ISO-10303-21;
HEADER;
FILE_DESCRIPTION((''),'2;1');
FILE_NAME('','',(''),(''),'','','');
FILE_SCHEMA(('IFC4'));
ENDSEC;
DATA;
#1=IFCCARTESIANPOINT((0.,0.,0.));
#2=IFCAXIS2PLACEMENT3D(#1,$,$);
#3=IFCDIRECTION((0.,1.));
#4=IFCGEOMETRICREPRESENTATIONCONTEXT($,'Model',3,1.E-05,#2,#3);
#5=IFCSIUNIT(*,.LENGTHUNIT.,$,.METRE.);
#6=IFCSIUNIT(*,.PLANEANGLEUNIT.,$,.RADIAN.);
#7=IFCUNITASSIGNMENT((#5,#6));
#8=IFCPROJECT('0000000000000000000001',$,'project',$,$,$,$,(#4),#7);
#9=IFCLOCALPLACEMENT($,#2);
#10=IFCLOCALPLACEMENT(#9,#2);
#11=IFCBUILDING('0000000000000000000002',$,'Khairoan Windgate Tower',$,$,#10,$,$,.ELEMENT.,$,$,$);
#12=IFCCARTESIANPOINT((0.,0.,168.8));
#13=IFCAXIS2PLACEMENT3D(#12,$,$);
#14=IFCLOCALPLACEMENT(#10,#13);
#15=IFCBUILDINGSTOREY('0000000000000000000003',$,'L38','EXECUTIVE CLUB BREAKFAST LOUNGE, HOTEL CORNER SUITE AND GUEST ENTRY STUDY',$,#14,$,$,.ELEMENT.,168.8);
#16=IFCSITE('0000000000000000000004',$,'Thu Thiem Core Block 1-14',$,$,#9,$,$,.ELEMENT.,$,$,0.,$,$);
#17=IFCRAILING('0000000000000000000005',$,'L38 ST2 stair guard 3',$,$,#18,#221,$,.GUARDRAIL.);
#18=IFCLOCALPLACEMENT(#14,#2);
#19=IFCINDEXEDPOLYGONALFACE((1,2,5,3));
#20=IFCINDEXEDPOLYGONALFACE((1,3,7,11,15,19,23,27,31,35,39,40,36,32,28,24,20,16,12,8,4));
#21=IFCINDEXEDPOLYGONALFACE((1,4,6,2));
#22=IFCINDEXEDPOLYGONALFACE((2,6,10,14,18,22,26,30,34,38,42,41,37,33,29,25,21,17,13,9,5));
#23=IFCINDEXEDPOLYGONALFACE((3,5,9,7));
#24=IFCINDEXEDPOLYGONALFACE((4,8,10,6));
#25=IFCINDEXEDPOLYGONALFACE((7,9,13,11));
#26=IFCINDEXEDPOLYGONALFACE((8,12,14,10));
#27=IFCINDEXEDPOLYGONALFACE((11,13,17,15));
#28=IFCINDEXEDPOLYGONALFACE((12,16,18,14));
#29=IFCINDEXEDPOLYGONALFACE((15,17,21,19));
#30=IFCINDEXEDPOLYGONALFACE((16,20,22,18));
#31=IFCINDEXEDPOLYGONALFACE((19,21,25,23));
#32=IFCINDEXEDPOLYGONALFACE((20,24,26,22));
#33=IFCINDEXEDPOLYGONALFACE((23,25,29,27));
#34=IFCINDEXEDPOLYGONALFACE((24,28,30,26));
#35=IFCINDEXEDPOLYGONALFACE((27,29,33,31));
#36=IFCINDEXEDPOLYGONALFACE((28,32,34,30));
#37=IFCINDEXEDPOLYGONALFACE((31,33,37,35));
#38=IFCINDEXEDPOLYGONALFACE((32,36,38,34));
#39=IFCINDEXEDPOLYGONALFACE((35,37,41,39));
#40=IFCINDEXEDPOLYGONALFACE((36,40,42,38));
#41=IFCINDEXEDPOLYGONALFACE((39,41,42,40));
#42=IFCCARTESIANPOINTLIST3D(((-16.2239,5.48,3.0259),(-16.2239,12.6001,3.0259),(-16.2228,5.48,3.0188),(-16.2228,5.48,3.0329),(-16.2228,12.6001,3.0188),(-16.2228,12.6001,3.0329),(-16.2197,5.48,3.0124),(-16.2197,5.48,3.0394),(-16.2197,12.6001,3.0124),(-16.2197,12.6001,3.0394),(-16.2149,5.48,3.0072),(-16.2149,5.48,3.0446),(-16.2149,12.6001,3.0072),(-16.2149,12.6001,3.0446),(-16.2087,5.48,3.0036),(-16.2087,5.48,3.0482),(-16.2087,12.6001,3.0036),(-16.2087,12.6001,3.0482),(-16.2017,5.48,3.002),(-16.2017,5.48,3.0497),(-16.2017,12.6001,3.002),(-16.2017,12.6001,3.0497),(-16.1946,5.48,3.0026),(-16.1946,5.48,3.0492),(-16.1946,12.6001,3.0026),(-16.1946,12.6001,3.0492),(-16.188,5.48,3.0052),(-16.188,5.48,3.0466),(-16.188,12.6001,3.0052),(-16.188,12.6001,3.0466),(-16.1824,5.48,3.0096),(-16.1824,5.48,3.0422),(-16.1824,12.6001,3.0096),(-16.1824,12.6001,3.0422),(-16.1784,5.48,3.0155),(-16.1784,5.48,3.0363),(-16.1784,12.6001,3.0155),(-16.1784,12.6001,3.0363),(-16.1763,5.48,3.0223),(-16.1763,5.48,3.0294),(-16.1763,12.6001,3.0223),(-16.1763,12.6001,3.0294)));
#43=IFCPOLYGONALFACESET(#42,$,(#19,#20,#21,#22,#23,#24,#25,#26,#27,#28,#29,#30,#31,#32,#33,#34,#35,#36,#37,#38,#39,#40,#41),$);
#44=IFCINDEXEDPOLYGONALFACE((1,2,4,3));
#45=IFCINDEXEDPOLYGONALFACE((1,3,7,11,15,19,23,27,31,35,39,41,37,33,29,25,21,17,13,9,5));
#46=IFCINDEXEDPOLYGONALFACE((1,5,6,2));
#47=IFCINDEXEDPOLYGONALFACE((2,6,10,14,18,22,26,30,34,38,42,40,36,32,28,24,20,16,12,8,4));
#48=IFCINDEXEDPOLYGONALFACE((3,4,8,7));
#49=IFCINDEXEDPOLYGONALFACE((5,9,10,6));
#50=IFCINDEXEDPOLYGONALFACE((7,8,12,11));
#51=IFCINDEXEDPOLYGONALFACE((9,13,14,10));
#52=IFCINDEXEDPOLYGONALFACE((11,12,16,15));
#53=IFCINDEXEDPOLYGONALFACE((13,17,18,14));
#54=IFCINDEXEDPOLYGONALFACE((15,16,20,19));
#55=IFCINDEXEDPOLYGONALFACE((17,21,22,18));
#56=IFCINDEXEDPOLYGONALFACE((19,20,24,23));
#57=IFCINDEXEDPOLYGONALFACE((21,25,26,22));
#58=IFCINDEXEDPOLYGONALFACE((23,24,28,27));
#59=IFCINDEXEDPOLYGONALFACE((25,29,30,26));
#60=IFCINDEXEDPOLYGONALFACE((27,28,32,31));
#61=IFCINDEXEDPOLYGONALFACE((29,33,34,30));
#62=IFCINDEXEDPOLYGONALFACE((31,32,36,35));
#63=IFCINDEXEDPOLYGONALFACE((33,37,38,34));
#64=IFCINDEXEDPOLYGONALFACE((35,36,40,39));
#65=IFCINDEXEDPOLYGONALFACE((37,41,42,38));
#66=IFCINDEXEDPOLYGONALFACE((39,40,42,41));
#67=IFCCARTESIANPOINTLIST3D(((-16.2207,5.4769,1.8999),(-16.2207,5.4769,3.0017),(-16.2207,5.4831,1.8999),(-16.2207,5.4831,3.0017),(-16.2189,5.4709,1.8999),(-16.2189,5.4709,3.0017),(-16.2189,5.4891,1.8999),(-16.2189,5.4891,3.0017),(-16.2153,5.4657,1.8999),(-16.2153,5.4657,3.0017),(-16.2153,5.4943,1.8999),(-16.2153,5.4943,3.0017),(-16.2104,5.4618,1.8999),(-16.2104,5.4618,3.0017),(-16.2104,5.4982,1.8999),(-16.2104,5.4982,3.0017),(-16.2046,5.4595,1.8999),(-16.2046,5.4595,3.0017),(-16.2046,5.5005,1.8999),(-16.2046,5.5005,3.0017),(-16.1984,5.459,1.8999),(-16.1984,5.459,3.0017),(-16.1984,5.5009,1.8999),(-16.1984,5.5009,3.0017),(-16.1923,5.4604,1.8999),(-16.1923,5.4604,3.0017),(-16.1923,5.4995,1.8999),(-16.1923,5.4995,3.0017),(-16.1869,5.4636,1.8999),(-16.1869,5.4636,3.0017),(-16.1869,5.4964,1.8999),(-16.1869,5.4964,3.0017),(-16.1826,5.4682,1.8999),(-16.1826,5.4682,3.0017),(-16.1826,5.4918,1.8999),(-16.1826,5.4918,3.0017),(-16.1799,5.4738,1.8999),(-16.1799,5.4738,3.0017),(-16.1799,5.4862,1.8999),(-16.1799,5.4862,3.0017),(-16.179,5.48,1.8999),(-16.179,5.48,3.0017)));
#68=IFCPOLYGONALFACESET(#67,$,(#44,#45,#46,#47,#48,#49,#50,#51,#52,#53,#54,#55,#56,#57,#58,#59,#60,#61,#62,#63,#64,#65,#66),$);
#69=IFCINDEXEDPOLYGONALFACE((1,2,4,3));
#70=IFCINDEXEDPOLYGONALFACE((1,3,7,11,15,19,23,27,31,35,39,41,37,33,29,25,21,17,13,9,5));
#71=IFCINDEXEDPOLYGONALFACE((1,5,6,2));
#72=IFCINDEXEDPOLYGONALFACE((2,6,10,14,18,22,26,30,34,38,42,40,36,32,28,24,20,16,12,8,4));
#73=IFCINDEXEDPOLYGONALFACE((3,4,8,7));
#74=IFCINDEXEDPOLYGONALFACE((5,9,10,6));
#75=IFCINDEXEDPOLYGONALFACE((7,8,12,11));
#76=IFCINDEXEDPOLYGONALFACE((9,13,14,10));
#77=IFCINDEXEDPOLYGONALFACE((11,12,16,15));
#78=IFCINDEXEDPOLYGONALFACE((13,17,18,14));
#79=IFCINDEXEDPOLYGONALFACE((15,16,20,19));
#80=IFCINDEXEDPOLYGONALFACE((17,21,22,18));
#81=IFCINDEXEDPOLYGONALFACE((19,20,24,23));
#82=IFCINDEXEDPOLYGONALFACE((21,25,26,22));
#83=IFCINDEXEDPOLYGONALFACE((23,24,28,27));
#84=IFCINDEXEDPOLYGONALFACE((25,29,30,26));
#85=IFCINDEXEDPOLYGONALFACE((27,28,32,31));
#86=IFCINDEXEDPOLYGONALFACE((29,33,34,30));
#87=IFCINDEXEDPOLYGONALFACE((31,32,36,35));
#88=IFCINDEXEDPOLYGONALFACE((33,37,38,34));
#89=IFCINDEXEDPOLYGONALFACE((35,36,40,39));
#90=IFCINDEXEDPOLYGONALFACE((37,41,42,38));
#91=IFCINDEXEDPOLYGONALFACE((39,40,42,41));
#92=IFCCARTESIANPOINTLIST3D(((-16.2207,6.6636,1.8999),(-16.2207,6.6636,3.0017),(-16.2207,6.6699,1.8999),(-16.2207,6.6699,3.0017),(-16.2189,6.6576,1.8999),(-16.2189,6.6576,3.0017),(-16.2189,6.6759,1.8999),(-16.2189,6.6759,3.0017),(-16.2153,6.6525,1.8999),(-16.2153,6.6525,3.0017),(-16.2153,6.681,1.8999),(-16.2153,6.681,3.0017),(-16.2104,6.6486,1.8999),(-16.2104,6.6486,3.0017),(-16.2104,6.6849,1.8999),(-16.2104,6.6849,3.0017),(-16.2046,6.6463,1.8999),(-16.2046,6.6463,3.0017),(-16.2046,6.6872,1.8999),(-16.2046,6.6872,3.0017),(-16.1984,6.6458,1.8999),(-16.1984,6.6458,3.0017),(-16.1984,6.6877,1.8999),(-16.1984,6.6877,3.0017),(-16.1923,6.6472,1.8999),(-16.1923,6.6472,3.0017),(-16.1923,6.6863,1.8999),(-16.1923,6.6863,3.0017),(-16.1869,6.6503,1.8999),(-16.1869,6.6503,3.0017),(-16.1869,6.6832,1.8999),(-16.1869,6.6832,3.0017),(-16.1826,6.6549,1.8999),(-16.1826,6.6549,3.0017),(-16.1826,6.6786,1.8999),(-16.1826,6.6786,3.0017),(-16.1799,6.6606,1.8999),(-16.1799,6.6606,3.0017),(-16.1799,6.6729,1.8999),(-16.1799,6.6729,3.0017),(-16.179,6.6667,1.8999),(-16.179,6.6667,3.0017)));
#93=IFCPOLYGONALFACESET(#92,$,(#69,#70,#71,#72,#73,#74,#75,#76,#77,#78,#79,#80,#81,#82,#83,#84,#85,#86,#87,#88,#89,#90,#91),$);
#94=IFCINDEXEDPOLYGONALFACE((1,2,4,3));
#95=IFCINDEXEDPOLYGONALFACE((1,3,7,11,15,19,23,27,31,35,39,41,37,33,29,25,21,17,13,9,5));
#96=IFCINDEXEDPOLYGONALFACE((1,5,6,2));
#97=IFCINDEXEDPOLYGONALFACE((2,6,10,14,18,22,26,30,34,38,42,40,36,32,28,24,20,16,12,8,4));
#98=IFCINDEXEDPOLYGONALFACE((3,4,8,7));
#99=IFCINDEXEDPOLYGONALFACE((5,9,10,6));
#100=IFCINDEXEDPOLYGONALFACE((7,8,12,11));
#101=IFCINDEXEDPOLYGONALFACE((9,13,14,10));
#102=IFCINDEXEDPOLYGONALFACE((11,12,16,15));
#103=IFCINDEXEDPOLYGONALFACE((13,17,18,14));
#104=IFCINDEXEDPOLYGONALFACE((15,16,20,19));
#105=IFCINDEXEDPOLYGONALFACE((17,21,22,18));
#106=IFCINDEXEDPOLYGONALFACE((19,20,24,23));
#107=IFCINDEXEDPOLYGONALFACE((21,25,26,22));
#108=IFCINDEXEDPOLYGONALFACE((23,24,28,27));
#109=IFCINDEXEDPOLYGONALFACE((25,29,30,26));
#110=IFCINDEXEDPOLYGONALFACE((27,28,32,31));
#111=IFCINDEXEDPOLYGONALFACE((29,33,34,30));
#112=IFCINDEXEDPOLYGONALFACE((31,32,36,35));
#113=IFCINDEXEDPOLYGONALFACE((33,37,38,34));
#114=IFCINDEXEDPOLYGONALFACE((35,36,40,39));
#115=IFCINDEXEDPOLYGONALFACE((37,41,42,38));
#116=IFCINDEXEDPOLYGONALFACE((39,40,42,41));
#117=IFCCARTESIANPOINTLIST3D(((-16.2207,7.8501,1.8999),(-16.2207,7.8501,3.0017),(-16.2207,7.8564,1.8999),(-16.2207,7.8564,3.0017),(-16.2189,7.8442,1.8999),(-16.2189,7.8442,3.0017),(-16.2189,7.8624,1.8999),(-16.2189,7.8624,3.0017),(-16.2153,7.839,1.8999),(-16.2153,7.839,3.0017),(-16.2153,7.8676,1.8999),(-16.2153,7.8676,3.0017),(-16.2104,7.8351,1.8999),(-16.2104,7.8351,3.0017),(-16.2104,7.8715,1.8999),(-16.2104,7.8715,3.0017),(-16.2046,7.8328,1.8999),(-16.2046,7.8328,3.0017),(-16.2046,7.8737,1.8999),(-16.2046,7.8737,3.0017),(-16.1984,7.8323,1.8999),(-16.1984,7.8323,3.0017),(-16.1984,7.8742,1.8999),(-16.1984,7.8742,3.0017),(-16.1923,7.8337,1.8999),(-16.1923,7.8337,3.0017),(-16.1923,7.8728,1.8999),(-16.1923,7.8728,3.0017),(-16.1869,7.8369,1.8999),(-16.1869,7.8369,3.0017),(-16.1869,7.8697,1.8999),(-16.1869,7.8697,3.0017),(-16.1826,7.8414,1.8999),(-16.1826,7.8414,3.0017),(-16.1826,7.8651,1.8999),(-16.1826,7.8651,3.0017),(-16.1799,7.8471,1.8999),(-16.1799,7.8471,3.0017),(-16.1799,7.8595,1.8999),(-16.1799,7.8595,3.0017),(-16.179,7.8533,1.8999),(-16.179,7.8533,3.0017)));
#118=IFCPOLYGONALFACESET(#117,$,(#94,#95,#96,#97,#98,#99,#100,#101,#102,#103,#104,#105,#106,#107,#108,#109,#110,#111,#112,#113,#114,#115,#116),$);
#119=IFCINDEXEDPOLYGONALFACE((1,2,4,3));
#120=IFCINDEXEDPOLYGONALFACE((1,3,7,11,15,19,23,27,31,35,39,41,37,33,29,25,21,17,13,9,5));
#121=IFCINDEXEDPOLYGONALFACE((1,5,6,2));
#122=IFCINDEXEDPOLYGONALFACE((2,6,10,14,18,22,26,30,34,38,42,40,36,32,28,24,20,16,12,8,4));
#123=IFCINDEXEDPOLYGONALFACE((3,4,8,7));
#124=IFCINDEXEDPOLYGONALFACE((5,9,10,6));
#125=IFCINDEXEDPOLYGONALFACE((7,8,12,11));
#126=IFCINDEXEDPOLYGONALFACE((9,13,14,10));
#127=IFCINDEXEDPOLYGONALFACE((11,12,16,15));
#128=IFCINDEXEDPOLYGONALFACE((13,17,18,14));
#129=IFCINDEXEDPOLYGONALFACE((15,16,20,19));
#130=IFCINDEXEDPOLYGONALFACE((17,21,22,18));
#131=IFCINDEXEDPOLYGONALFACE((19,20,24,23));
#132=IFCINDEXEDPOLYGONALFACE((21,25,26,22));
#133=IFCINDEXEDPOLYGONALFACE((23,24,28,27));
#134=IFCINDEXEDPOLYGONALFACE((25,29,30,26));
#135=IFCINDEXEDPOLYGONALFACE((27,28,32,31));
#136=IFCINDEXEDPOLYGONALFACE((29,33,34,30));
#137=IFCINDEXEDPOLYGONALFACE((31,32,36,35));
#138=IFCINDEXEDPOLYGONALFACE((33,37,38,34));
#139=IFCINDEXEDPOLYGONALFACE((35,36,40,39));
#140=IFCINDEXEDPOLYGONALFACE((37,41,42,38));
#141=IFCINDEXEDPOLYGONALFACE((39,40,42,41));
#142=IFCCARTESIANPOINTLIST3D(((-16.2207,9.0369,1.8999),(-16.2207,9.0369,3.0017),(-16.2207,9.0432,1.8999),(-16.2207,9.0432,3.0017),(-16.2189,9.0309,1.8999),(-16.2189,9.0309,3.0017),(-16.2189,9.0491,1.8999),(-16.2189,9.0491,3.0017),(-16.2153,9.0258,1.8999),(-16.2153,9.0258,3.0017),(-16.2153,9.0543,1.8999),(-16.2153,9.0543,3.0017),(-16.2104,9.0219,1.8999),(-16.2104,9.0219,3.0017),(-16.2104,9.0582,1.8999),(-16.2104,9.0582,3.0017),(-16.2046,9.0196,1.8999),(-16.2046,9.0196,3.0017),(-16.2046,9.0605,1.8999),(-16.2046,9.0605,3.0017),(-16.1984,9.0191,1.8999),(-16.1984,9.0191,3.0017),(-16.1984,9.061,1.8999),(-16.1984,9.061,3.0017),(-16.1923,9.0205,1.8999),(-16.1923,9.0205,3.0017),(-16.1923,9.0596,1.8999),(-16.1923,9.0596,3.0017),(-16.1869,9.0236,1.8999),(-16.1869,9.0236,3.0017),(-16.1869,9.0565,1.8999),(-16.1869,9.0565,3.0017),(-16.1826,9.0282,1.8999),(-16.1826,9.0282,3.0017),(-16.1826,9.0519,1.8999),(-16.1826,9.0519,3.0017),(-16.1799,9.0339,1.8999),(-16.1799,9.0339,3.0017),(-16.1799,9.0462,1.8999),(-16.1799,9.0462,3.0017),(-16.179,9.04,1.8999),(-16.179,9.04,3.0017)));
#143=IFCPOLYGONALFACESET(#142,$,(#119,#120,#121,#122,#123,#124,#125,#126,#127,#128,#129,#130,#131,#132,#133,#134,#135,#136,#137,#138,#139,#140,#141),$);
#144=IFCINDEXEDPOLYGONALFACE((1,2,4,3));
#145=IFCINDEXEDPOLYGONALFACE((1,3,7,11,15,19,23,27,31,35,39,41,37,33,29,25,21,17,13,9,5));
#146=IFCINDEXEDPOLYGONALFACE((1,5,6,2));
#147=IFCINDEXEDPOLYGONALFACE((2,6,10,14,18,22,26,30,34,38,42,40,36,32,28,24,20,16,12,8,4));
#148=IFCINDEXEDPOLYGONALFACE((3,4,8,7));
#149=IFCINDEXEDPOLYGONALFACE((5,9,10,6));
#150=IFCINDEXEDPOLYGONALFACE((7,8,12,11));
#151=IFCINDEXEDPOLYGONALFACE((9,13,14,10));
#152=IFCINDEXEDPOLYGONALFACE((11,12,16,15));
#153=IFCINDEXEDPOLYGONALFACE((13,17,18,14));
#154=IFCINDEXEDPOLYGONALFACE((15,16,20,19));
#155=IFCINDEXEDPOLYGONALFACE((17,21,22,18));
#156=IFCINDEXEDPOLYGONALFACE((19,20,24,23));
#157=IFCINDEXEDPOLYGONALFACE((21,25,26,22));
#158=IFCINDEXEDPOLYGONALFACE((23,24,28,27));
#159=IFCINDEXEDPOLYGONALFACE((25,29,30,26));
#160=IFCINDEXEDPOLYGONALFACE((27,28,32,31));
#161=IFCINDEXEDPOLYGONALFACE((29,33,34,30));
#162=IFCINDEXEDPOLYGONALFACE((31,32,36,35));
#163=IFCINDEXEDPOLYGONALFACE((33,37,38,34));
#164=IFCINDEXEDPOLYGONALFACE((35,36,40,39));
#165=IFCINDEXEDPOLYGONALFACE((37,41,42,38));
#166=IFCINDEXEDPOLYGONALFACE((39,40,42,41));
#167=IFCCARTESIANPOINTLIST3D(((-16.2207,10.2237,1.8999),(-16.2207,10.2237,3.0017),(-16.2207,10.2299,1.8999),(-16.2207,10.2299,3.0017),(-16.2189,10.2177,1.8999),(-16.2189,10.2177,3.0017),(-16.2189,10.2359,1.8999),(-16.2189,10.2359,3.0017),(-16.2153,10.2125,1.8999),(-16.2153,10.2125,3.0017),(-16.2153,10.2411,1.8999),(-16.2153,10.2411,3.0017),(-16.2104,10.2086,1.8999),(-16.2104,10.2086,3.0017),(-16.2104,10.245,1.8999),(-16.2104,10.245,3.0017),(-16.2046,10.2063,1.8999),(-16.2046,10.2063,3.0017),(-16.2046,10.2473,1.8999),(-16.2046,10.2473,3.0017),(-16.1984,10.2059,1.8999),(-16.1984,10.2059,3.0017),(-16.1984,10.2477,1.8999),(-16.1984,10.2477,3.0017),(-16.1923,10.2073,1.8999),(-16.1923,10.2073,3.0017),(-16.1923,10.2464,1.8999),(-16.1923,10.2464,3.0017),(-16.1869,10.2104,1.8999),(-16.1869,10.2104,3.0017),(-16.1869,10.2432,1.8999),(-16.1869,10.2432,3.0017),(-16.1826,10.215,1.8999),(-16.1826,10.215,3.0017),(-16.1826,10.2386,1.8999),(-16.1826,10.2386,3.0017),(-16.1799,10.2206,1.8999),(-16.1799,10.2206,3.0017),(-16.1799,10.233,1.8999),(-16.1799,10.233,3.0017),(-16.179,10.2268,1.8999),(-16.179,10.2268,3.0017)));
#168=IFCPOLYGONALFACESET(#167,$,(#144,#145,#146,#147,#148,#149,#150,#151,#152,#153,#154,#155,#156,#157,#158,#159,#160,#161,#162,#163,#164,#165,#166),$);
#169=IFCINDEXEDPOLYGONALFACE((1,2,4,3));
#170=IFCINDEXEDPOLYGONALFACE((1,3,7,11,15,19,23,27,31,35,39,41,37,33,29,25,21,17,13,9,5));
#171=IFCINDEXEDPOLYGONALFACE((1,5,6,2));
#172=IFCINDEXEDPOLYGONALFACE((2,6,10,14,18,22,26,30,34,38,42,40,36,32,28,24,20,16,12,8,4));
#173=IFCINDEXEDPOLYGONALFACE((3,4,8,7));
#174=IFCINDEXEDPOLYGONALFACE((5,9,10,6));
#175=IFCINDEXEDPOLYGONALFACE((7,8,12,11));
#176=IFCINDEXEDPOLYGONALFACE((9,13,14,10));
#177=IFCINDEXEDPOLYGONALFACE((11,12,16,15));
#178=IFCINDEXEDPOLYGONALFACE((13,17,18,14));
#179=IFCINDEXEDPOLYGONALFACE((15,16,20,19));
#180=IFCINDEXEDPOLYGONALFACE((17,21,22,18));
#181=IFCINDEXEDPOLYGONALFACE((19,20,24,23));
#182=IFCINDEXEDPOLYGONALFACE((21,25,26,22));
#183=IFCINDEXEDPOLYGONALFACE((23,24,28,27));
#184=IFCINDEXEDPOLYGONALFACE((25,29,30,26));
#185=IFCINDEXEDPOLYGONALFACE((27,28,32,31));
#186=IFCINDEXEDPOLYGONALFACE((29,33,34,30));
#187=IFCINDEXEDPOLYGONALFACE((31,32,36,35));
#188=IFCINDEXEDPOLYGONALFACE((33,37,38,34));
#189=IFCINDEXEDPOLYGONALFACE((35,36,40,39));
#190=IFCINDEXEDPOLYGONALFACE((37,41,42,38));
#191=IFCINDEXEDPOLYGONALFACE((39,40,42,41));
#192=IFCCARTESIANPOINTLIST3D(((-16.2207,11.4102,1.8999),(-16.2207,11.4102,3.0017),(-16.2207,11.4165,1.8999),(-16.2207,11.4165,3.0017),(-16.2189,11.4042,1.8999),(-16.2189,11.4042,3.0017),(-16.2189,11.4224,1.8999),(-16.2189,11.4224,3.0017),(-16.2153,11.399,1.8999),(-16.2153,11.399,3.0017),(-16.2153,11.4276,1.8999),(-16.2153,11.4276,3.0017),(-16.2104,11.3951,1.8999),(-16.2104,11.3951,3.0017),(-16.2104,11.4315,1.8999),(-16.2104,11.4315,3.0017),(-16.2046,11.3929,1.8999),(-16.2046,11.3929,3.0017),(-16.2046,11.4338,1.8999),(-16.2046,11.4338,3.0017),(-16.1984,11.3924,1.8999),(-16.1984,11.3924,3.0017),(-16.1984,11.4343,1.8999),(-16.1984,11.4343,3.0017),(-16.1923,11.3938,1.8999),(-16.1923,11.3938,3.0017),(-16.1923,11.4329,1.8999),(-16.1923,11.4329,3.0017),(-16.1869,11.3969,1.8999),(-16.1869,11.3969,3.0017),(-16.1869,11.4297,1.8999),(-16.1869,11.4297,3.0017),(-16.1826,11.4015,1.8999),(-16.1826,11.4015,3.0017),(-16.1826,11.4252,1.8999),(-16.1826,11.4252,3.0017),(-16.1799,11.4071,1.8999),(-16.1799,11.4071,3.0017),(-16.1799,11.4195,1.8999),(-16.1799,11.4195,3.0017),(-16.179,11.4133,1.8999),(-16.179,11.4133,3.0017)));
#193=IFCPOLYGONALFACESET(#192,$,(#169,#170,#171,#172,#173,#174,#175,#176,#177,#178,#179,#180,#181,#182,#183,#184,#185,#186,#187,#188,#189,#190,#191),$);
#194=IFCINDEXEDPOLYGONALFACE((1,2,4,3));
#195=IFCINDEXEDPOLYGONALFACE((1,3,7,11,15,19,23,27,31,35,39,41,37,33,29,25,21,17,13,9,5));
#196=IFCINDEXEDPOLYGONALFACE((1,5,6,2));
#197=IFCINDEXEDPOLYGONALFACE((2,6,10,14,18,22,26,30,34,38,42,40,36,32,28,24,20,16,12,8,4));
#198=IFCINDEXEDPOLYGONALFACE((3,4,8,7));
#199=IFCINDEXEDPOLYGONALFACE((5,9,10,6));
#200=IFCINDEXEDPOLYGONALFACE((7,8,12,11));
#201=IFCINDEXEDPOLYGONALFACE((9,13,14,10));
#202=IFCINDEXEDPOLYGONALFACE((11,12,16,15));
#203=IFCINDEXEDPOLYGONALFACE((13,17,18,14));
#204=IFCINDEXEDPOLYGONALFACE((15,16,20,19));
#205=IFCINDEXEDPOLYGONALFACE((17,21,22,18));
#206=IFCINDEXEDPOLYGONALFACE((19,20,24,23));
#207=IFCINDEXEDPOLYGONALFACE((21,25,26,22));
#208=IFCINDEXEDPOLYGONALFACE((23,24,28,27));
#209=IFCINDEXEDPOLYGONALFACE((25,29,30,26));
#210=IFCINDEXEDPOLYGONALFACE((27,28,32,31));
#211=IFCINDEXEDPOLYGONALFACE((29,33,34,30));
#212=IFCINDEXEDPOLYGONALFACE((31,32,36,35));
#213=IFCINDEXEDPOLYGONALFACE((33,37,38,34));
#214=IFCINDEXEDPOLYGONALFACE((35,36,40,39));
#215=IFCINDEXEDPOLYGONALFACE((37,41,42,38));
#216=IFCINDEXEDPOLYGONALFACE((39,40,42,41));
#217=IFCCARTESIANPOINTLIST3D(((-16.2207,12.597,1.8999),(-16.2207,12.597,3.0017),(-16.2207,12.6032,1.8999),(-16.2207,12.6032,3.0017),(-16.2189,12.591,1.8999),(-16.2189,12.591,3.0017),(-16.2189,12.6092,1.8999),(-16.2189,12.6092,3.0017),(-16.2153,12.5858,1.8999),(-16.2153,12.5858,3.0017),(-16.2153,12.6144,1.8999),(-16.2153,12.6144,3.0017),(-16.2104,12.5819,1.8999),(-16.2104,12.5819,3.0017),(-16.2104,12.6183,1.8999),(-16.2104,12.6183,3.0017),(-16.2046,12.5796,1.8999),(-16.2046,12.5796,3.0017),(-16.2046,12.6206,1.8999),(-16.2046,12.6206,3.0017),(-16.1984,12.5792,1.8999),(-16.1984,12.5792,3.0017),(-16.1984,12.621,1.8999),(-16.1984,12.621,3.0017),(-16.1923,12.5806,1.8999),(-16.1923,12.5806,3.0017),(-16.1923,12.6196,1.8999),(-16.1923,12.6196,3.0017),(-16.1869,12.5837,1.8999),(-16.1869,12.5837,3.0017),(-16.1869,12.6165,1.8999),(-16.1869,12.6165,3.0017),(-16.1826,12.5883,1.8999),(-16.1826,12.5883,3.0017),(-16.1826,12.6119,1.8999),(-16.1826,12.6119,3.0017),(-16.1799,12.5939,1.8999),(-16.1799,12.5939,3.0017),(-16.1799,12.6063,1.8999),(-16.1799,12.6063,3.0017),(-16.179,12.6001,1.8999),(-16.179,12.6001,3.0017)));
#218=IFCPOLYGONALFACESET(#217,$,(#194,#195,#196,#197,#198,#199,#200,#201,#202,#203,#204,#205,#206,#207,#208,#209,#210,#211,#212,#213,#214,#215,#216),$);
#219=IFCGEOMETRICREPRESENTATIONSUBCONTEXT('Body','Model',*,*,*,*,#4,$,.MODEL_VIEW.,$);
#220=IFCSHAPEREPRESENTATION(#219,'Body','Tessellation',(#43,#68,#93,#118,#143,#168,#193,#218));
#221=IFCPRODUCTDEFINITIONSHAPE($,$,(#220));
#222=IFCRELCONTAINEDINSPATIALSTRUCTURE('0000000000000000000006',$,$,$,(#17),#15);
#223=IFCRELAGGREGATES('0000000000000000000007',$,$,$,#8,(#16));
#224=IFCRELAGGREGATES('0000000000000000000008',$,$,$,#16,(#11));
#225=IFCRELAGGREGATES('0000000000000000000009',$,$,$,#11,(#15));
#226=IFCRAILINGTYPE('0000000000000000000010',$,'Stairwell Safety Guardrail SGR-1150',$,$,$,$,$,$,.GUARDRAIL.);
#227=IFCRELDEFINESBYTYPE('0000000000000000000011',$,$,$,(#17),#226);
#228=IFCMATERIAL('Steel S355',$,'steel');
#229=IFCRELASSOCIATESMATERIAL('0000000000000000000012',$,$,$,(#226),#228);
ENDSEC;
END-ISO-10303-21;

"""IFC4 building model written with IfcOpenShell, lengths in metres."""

from ifc_helpers import new_model, si_unit, direction, frame, origin, origin_2d, place, context, subcontext, project, spatial, circle, extrude, material, type_object, element, save


model = new_model("IFC4")

# Units and contexts
model_context = context("Model", 3, precision=1e-05, world=origin(), true_north=direction((0.0, 1.0)))
body_context = subcontext(model_context, "Body", "Model", "MODEL_VIEW")
ifc_project = project(units=[si_unit("LENGTHUNIT", "METRE"), si_unit("PLANEANGLEUNIT", "RADIAN")], contexts=[model_context])

# Site, building, storey
site_placement = place(None, origin())
site = spatial("IfcSite", under=ifc_project, at=site_placement, Name="Thu Thiem Core Block 1-14", CompositionType="ELEMENT", RefElevation=0.0)
building_placement = place(site_placement, origin())
building = spatial("IfcBuilding", under=site, at=building_placement, Name="Khairoan Windgate Tower", CompositionType="ELEMENT")
storey_placement = place(building_placement, frame((0.0, 0.0, 168.8)))
storey = spatial("IfcBuildingStorey", under=building, at=storey_placement, Name="L38", Description="EXECUTIVE CLUB BREAKFAST LOUNGE, HOTEL CORNER SUITE AND GUEST ENTRY STUDY", CompositionType="ELEMENT", Elevation=168.8)

# Railing
ifc_material_1 = material(Name="Steel S355", Category="steel")
railing_type_1 = type_object("IfcRailingType", Name="Stairwell Safety Guardrail SGR-1150", PredefinedType="GUARDRAIL", material=ifc_material_1)
railing_1_placement = place(storey_placement, frame((-16.2, 5.48, 1.8999)))
element("IfcRailing", 1, at=railing_1_placement, inside=storey, type_object=railing_type_1, Name="L38 ST2 stair guard 3", PredefinedType="GUARDRAIL", context=body_context, shape_type="SweptSolid", body=[
    extrude(circle(Radius=0.0239, at=origin_2d()), frame((0.0, 0.0, 1.126), z_axis=(0.0, 1.0, 0.0), x_axis=(-1.0, 0.0, 0.0)), (0.0, 0.0, 1.0), 7.1201),
    extrude(circle(Radius=0.021, at=origin_2d()), origin(), (0.0, 0.0, 1.0), 1.1018),
    extrude(circle(Radius=0.021, at=origin_2d()), frame((0.0, 1.1868, 0.0)), (0.0, 0.0, 1.0), 1.1018),
    extrude(circle(Radius=0.021, at=origin_2d()), frame((0.0, 2.3733, 0.0)), (0.0, 0.0, 1.0), 1.1018),
    extrude(circle(Radius=0.021, at=origin_2d()), frame((0.0, 3.5601, 0.0)), (0.0, 0.0, 1.0), 1.1018),
    extrude(circle(Radius=0.021, at=origin_2d()), frame((0.0, 4.7468, 0.0)), (0.0, 0.0, 1.0), 1.1018),
    extrude(circle(Radius=0.021, at=origin_2d()), frame((0.0, 5.9333, 0.0)), (0.0, 0.0, 1.0), 1.1018),
    extrude(circle(Radius=0.021, at=origin_2d()), frame((0.0, 7.1201, 0.0)), (0.0, 0.0, 1.0), 1.1018),
])

save(model, "model.ifc")
